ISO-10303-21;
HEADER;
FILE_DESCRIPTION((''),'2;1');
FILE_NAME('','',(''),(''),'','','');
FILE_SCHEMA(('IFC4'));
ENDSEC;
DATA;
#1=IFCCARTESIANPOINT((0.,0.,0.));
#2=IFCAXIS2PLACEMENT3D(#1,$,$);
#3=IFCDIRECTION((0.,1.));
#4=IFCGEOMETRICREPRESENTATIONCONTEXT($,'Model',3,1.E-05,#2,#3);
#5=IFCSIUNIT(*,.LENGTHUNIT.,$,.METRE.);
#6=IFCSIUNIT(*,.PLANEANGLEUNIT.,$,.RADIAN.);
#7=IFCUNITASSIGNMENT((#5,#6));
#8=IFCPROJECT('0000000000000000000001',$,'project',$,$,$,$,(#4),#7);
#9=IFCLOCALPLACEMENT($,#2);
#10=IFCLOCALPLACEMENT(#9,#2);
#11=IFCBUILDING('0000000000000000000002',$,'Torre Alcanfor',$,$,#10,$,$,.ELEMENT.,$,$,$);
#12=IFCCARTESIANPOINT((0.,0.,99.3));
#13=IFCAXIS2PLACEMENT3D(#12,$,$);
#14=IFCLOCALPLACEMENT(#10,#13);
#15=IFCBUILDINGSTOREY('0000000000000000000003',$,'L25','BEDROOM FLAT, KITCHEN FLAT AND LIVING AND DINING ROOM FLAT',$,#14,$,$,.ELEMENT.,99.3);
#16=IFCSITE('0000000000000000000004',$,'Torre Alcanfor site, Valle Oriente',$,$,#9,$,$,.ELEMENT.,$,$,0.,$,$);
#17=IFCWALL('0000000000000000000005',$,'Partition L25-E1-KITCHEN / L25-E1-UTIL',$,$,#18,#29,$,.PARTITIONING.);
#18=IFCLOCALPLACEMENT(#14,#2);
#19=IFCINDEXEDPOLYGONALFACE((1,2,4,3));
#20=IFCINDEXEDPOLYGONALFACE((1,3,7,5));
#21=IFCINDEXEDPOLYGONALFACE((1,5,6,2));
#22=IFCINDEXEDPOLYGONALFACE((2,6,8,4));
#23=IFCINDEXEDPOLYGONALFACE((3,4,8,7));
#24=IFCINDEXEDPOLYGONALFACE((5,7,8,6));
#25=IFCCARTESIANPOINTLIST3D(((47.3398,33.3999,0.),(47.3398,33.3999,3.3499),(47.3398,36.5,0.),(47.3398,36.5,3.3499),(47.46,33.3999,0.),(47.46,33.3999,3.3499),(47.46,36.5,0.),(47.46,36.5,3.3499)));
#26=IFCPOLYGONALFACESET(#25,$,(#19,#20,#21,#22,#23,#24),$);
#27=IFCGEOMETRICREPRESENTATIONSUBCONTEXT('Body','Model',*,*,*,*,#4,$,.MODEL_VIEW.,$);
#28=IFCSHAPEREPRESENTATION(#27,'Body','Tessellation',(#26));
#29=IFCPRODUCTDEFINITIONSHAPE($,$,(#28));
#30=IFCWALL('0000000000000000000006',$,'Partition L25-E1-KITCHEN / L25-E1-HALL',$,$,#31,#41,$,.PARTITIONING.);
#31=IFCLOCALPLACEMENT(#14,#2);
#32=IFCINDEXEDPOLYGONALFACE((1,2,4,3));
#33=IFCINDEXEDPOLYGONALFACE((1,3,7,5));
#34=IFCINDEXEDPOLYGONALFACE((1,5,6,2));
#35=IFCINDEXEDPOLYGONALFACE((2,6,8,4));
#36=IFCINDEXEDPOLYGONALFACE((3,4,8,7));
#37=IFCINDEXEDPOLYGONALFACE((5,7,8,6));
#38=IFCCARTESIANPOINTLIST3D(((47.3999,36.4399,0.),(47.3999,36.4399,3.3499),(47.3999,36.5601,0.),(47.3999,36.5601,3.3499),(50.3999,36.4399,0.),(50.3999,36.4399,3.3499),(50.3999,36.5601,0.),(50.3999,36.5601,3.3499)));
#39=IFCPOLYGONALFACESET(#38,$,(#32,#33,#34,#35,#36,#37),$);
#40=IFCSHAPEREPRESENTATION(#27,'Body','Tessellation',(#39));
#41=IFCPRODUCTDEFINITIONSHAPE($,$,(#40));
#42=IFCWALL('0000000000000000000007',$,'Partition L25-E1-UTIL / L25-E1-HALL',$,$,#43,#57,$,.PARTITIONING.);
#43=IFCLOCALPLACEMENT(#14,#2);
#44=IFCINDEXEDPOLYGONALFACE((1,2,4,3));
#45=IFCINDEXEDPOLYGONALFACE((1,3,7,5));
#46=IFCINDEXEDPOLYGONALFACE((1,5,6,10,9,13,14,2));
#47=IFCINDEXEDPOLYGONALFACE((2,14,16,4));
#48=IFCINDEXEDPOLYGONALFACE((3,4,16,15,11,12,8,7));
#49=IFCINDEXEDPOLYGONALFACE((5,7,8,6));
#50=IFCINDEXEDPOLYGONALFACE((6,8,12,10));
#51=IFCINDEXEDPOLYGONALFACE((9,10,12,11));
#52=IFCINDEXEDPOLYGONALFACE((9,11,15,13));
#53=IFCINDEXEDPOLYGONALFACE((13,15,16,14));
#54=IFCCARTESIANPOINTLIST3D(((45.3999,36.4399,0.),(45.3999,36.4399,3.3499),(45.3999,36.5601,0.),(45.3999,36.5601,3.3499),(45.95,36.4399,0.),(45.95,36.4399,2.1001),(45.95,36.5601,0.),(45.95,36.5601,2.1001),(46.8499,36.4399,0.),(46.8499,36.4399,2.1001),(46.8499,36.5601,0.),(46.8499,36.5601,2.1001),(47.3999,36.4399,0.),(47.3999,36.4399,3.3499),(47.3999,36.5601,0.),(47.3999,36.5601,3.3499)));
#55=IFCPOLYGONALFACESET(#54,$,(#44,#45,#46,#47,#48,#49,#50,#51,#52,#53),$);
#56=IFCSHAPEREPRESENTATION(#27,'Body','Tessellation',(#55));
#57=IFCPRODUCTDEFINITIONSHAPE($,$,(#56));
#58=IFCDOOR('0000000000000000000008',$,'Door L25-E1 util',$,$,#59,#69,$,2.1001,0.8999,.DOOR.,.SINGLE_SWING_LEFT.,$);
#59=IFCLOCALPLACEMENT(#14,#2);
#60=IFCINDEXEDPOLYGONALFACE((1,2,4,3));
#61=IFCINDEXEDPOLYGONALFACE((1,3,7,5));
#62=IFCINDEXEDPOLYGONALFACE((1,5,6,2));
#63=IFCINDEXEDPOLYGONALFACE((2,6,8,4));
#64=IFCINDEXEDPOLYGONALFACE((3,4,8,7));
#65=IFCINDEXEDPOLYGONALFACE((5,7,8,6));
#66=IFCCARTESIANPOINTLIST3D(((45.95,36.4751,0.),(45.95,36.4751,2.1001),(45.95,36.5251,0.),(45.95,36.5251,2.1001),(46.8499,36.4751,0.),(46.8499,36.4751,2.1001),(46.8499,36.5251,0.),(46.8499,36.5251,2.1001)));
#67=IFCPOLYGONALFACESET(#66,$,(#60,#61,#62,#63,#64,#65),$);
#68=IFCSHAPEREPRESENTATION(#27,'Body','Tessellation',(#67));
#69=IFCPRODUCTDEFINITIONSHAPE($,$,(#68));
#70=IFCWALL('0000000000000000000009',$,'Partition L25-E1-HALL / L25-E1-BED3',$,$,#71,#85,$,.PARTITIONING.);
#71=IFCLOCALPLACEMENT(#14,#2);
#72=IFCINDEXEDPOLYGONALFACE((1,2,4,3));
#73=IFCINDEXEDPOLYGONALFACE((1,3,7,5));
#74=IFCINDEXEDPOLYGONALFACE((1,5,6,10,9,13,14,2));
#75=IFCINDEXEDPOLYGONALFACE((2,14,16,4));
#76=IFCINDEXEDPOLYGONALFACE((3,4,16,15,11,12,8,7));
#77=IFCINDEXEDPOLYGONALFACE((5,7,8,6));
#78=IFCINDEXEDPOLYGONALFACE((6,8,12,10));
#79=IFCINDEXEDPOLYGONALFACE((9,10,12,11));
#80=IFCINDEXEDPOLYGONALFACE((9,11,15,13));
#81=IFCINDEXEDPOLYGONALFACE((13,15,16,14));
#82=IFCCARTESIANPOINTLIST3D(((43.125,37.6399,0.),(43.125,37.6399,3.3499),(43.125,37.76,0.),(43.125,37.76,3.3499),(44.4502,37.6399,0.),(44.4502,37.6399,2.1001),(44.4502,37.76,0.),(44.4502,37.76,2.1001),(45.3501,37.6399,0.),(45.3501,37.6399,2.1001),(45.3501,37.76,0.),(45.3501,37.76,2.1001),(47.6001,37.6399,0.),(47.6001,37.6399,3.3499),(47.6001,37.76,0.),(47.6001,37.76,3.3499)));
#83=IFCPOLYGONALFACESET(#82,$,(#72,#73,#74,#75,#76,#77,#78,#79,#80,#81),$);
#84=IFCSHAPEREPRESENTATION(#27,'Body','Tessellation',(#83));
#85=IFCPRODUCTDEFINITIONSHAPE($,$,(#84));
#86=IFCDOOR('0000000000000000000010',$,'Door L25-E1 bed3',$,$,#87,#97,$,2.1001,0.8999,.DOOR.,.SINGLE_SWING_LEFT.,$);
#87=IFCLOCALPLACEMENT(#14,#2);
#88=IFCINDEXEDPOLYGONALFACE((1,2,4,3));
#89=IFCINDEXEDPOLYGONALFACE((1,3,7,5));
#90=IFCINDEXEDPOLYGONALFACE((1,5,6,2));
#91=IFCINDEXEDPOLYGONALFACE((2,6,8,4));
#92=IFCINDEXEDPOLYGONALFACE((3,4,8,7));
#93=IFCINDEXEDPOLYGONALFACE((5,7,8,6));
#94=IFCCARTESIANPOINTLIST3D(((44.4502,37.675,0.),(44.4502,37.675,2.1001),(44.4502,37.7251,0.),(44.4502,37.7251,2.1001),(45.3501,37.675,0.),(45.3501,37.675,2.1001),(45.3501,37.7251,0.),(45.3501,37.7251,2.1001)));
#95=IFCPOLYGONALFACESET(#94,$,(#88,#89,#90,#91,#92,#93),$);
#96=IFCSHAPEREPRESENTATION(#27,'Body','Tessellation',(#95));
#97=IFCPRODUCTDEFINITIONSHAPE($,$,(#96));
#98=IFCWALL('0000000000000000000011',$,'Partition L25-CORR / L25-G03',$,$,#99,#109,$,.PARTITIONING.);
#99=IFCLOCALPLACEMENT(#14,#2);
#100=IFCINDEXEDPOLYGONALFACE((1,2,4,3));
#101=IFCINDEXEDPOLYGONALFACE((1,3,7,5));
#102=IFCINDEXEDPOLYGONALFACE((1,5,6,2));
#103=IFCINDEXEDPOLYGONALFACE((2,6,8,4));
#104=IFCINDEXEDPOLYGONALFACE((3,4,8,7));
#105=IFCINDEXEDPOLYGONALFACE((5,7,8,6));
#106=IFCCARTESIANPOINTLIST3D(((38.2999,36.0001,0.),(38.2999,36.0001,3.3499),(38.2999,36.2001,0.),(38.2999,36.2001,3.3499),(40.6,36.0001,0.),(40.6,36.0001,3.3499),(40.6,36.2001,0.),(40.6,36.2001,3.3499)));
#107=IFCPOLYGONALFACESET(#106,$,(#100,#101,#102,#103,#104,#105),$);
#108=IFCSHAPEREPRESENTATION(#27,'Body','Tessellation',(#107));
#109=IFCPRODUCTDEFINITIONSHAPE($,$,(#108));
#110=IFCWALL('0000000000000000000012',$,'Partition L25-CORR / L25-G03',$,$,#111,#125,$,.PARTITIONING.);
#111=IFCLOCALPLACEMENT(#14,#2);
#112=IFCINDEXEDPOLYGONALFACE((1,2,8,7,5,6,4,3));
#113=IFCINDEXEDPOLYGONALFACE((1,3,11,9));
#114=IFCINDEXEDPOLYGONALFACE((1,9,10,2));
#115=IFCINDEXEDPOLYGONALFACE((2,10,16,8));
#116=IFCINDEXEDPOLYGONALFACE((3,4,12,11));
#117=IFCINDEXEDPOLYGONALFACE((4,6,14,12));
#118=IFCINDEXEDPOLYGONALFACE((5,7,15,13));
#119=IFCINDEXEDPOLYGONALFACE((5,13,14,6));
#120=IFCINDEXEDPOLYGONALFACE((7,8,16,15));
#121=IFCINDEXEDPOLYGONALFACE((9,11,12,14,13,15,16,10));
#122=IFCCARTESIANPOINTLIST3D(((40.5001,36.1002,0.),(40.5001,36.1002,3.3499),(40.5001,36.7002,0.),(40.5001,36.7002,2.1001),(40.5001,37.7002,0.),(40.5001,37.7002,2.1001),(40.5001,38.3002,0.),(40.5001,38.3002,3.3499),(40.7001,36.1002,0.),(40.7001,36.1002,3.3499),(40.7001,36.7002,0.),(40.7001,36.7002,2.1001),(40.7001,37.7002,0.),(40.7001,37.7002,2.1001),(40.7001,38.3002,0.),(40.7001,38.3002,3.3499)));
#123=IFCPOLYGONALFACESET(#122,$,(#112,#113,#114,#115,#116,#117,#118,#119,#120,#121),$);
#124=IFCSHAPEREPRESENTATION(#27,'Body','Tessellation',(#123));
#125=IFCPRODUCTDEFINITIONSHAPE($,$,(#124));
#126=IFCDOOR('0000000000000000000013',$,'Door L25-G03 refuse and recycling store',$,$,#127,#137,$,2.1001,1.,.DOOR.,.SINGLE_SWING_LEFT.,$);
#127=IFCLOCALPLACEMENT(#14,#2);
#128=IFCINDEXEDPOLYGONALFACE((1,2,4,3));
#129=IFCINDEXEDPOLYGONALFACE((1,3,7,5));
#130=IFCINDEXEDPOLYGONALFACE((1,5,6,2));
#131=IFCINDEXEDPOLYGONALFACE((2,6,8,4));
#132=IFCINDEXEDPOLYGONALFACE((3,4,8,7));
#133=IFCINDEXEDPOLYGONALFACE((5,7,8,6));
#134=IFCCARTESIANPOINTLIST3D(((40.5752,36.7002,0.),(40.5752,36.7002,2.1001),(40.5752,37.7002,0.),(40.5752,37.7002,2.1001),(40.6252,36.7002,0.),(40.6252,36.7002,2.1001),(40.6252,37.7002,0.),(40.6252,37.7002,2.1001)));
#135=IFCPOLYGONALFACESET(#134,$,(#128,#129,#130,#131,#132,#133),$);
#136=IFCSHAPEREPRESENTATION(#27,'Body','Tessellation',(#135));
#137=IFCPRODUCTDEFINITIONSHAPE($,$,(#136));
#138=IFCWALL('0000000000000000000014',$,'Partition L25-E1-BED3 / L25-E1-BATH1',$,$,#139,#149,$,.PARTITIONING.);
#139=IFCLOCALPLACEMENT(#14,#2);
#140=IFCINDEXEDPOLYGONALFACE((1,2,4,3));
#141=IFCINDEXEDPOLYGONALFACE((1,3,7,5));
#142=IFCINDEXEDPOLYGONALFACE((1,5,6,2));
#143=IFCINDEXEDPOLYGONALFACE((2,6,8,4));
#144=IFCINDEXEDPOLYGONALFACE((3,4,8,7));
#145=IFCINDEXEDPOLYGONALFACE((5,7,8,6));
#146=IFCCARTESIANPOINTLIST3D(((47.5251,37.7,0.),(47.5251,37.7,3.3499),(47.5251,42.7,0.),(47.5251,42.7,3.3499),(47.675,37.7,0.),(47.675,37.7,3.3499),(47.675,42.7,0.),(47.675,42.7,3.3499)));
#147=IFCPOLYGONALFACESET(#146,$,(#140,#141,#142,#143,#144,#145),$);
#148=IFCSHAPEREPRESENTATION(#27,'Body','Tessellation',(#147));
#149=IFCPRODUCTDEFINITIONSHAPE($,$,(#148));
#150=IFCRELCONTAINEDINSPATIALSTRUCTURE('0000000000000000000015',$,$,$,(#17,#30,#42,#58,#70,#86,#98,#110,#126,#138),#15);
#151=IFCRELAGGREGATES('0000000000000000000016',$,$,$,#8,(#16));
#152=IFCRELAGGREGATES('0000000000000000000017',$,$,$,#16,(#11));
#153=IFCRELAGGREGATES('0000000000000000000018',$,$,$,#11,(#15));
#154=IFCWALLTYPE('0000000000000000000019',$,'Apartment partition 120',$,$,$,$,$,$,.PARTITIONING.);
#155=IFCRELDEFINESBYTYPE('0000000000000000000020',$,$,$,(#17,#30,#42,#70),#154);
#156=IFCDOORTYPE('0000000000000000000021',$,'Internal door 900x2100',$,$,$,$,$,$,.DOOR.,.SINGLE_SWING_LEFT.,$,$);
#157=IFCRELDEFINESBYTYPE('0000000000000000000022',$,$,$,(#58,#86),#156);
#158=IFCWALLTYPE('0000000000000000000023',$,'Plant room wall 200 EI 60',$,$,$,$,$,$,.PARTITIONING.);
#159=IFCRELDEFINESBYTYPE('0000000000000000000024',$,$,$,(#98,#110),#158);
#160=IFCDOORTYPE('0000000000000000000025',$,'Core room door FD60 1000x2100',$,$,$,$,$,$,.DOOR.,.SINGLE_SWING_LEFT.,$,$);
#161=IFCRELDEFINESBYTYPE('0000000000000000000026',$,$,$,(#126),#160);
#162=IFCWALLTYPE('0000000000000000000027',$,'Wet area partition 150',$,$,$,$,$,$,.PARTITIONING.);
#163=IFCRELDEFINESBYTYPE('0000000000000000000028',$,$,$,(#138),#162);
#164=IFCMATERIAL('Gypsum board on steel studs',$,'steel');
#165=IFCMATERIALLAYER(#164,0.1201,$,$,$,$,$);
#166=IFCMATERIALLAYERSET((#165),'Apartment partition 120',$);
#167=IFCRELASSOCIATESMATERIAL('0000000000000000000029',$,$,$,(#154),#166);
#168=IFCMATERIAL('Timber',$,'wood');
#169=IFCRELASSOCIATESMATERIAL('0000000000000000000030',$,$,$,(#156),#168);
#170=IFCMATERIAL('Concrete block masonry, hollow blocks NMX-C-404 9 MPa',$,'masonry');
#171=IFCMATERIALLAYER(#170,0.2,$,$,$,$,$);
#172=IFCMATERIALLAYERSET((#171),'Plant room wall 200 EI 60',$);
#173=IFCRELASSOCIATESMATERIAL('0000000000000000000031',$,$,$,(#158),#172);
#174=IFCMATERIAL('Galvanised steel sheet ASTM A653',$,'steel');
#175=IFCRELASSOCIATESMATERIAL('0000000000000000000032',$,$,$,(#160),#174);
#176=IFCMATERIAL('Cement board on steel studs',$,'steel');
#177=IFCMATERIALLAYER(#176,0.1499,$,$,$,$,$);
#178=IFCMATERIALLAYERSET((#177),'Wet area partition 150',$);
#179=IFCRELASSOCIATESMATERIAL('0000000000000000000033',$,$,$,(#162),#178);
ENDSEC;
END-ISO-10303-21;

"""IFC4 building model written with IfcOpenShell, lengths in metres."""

from ifc_helpers import new_model, si_unit, direction, frame, frame_2d, origin, place, context, subcontext, project, spatial, rectangle, extrude, material, layer, layer_set, type_object, element, fill, save


model = new_model("IFC4")

# Units and contexts
model_context = context("Model", 3, precision=1e-05, world=origin(), true_north=direction((0.0, 1.0)))
body_context = subcontext(model_context, "Body", "Model", "MODEL_VIEW")
ifc_project = project(units=[si_unit("LENGTHUNIT", "METRE"), si_unit("PLANEANGLEUNIT", "RADIAN")], contexts=[model_context])

# Site, building, storey
site_placement = place(None, origin())
site = spatial("IfcSite", under=ifc_project, at=site_placement, Name="Torre Alcanfor site, Valle Oriente", CompositionType="ELEMENT", RefElevation=0.0)
building_placement = place(site_placement, origin())
building = spatial("IfcBuilding", under=site, at=building_placement, Name="Torre Alcanfor", CompositionType="ELEMENT")
storey_placement = place(building_placement, frame((0.0, 0.0, 99.3)))
storey = spatial("IfcBuildingStorey", under=building, at=storey_placement, Name="L25", Description="BEDROOM FLAT, KITCHEN FLAT AND LIVING AND DINING ROOM FLAT", CompositionType="ELEMENT", Elevation=99.3)

# Walls
ifc_material_1 = material(Name="Gypsum board on steel studs", Category="steel")
ifc_layer_1 = layer(ifc_material_1, 0.1201)
ifc_layer_set_1 = layer_set([ifc_layer_1], Name="Apartment partition 120")
wall_type_1 = type_object("IfcWallType", Name="Apartment partition 120", PredefinedType="PARTITIONING", material=ifc_layer_set_1)
wall_1_placement = place(storey_placement, frame((47.3999, 33.3999, 0.0), z_axis=(0.0, 0.0, 1.0), x_axis=(0.0, 1.0, 0.0)))
element("IfcWall", 1, at=wall_1_placement, inside=storey, type_object=wall_type_1, Name="Partition L25-E1-KITCHEN / L25-E1-UTIL", PredefinedType="PARTITIONING", context=body_context, shape_type="SweptSolid", body=[
    extrude(rectangle(XDim=3.1001, YDim=0.1201, at=frame_2d((1.55, 0.0))), origin(), (0.0, 0.0, 1.0), 3.3499),
])
wall_2_placement = place(storey_placement, frame((47.3999, 36.5, 0.0), z_axis=(0.0, 0.0, 1.0), x_axis=(1.0, 0.0, 0.0)))
element("IfcWall", 2, at=wall_2_placement, inside=storey, type_object=wall_type_1, Name="Partition L25-E1-KITCHEN / L25-E1-HALL", PredefinedType="PARTITIONING", context=body_context, shape_type="SweptSolid", body=[
    extrude(rectangle(XDim=3.0, YDim=0.1201, at=frame_2d((1.5, 0.0))), origin(), (0.0, 0.0, 1.0), 3.3499),
])

# Walls, openings, doors
wall_3_placement = place(storey_placement, frame((47.3999, 36.5, 0.0), z_axis=(0.0, 0.0, 1.0), x_axis=(-1.0, 0.0, 0.0)))
wall_3 = element("IfcWall", 3, at=wall_3_placement, inside=storey, type_object=wall_type_1, Name="Partition L25-E1-UTIL / L25-E1-HALL", PredefinedType="PARTITIONING", context=body_context, shape_type="SweptSolid", body=[
    extrude(rectangle(XDim=2.0, YDim=0.1201, at=frame_2d((1.0, 0.0))), origin(), (0.0, 0.0, 1.0), 3.3499),
])
opening_1_placement = place(wall_3_placement, frame((0.55, 0.0, 0.0)))
opening_1 = element("IfcOpeningElement", 4, at=opening_1_placement, cuts=wall_3, PredefinedType="OPENING", context=body_context, shape_type="SweptSolid", body=[
    extrude(rectangle(XDim=0.8999, YDim=2.1001, at=frame_2d((0.45, 1.05))), frame((0.0, 0.0701, 0.0), z_axis=(0.0, -1.0, 0.0), x_axis=(1.0, 0.0, 0.0)), (0.0, 0.0, 1.0), 0.1401),
])
ifc_material_2 = material(Name="Timber", Category="wood")
door_type_1 = type_object("IfcDoorType", Name="Internal door 900x2100", OperationType="SINGLE_SWING_LEFT", PredefinedType="DOOR", material=ifc_material_2)
door_1_placement = place(opening_1_placement, origin())
door_1 = element("IfcDoor", 5, at=door_1_placement, inside=storey, type_object=door_type_1, Name="Door L25-E1 util", OperationType="SINGLE_SWING_LEFT", OverallHeight=2.1001, OverallWidth=0.8999, PredefinedType="DOOR", context=body_context, shape_type="SweptSolid", body=[
    extrude(rectangle(XDim=0.8999, YDim=2.1001, at=frame_2d((0.45, 1.05))), frame((0.0, 0.0249, 0.0), z_axis=(0.0, -1.0, 0.0), x_axis=(1.0, 0.0, 0.0)), (0.0, 0.0, 1.0), 0.05),
])
fill(opening_1, door_1)
wall_4_placement = place(storey_placement, frame((47.6001, 37.7, 0.0), z_axis=(0.0, 0.0, 1.0), x_axis=(-1.0, 0.0, 0.0)))
wall_4 = element("IfcWall", 6, at=wall_4_placement, inside=storey, type_object=wall_type_1, Name="Partition L25-E1-HALL / L25-E1-BED3", PredefinedType="PARTITIONING", context=body_context, shape_type="SweptSolid", body=[
    extrude(rectangle(XDim=4.4751, YDim=0.1201, at=frame_2d((2.2375, 0.0))), origin(), (0.0, 0.0, 1.0), 3.3499),
])
opening_2_placement = place(wall_4_placement, frame((2.25, 0.0, 0.0)))
opening_2 = element("IfcOpeningElement", 7, at=opening_2_placement, cuts=wall_4, PredefinedType="OPENING", context=body_context, shape_type="SweptSolid", body=[
    extrude(rectangle(XDim=0.8999, YDim=2.1001, at=frame_2d((0.45, 1.05))), frame((0.0, 0.0701, 0.0), z_axis=(0.0, -1.0, 0.0), x_axis=(1.0, 0.0, 0.0)), (0.0, 0.0, 1.0), 0.1401),
])
door_2_placement = place(opening_2_placement, frame((0.8999, 0.0, 0.0), z_axis=(0.0, 0.0, 1.0), x_axis=(-1.0, 0.0, 0.0)))
door_2 = element("IfcDoor", 8, at=door_2_placement, inside=storey, type_object=door_type_1, Name="Door L25-E1 bed3", OperationType="SINGLE_SWING_LEFT", OverallHeight=2.1001, OverallWidth=0.8999, PredefinedType="DOOR", context=body_context, shape_type="SweptSolid", body=[
    extrude(rectangle(XDim=0.8999, YDim=2.1001, at=frame_2d((0.45, 1.05))), frame((0.0, 0.0251, 0.0), z_axis=(0.0, -1.0, 0.0), x_axis=(1.0, 0.0, 0.0)), (0.0, 0.0, 1.0), 0.05),
])
fill(opening_2, door_2)

# Wall
ifc_material_3 = material(Name="Concrete block masonry, hollow blocks NMX-C-404 9 MPa", Category="masonry")
ifc_layer_2 = layer(ifc_material_3, 0.2)
ifc_layer_set_2 = layer_set([ifc_layer_2], Name="Plant room wall 200 EI 60")
wall_type_2 = type_object("IfcWallType", Name="Plant room wall 200 EI 60", PredefinedType="PARTITIONING", material=ifc_layer_set_2)
wall_5_placement = place(storey_placement, frame((38.3, 36.1001, 0.0), z_axis=(0.0, 0.0, 1.0), x_axis=(1.0, 0.0, 0.0)))
element("IfcWall", 9, at=wall_5_placement, inside=storey, type_object=wall_type_2, Name="Partition L25-CORR / L25-G03", PredefinedType="PARTITIONING", context=body_context, shape_type="SweptSolid", body=[
    extrude(rectangle(XDim=2.3, YDim=0.2, at=frame_2d((1.1499, 0.0))), origin(), (0.0, 0.0, 1.0), 3.3499),
])

# Wall, opening, door
wall_6_placement = place(storey_placement, frame((40.6001, 36.1001, 0.0), z_axis=(0.0, 0.0, 1.0), x_axis=(0.0, 1.0, 0.0)))
wall_6 = element("IfcWall", 10, at=wall_6_placement, inside=storey, type_object=wall_type_2, Name="Partition L25-CORR / L25-G03", PredefinedType="PARTITIONING", context=body_context, shape_type="SweptSolid", body=[
    extrude(rectangle(XDim=2.2, YDim=0.2, at=frame_2d((1.1001, 0.0))), origin(), (0.0, 0.0, 1.0), 3.3499),
])
opening_3_placement = place(wall_6_placement, frame((0.6001, 0.0, 0.0)))
opening_3 = element("IfcOpeningElement", 11, at=opening_3_placement, cuts=wall_6, PredefinedType="OPENING", context=body_context, shape_type="SweptSolid", body=[
    extrude(rectangle(XDim=1.0, YDim=2.1001, at=frame_2d((0.5, 1.05))), frame((0.0, 0.1099, 0.0), z_axis=(0.0, -1.0, 0.0), x_axis=(1.0, 0.0, 0.0)), (0.0, 0.0, 1.0), 0.22),
])
ifc_material_4 = material(Name="Galvanised steel sheet ASTM A653", Category="steel")
door_type_2 = type_object("IfcDoorType", Name="Core room door FD60 1000x2100", OperationType="SINGLE_SWING_LEFT", PredefinedType="DOOR", material=ifc_material_4)
door_3_placement = place(opening_3_placement, origin())
door_3 = element("IfcDoor", 12, at=door_3_placement, inside=storey, type_object=door_type_2, Name="Door L25-G03 refuse and recycling store", OperationType="SINGLE_SWING_LEFT", OverallHeight=2.1001, OverallWidth=1.0, PredefinedType="DOOR", context=body_context, shape_type="SweptSolid", body=[
    extrude(rectangle(XDim=1.0, YDim=2.1001, at=frame_2d((0.5, 1.05))), frame((0.0, 0.0249, 0.0), z_axis=(0.0, -1.0, 0.0), x_axis=(1.0, 0.0, 0.0)), (0.0, 0.0, 1.0), 0.05),
])
fill(opening_3, door_3)

# Wall
ifc_material_5 = material(Name="Cement board on steel studs", Category="steel")
ifc_layer_3 = layer(ifc_material_5, 0.1499)
ifc_layer_set_3 = layer_set([ifc_layer_3], Name="Wet area partition 150")
wall_type_3 = type_object("IfcWallType", Name="Wet area partition 150", PredefinedType="PARTITIONING", material=ifc_layer_set_3)
wall_7_placement = place(storey_placement, frame((47.6001, 37.7, 0.0), z_axis=(0.0, 0.0, 1.0), x_axis=(0.0, 1.0, 0.0)))
element("IfcWall", 13, at=wall_7_placement, inside=storey, type_object=wall_type_3, Name="Partition L25-E1-BED3 / L25-E1-BATH1", PredefinedType="PARTITIONING", context=body_context, shape_type="SweptSolid", body=[
    extrude(rectangle(XDim=5.0, YDim=0.1499, at=frame_2d((2.5, 0.0))), origin(), (0.0, 0.0, 1.0), 3.3499),
])

save(model, "model.ifc")
